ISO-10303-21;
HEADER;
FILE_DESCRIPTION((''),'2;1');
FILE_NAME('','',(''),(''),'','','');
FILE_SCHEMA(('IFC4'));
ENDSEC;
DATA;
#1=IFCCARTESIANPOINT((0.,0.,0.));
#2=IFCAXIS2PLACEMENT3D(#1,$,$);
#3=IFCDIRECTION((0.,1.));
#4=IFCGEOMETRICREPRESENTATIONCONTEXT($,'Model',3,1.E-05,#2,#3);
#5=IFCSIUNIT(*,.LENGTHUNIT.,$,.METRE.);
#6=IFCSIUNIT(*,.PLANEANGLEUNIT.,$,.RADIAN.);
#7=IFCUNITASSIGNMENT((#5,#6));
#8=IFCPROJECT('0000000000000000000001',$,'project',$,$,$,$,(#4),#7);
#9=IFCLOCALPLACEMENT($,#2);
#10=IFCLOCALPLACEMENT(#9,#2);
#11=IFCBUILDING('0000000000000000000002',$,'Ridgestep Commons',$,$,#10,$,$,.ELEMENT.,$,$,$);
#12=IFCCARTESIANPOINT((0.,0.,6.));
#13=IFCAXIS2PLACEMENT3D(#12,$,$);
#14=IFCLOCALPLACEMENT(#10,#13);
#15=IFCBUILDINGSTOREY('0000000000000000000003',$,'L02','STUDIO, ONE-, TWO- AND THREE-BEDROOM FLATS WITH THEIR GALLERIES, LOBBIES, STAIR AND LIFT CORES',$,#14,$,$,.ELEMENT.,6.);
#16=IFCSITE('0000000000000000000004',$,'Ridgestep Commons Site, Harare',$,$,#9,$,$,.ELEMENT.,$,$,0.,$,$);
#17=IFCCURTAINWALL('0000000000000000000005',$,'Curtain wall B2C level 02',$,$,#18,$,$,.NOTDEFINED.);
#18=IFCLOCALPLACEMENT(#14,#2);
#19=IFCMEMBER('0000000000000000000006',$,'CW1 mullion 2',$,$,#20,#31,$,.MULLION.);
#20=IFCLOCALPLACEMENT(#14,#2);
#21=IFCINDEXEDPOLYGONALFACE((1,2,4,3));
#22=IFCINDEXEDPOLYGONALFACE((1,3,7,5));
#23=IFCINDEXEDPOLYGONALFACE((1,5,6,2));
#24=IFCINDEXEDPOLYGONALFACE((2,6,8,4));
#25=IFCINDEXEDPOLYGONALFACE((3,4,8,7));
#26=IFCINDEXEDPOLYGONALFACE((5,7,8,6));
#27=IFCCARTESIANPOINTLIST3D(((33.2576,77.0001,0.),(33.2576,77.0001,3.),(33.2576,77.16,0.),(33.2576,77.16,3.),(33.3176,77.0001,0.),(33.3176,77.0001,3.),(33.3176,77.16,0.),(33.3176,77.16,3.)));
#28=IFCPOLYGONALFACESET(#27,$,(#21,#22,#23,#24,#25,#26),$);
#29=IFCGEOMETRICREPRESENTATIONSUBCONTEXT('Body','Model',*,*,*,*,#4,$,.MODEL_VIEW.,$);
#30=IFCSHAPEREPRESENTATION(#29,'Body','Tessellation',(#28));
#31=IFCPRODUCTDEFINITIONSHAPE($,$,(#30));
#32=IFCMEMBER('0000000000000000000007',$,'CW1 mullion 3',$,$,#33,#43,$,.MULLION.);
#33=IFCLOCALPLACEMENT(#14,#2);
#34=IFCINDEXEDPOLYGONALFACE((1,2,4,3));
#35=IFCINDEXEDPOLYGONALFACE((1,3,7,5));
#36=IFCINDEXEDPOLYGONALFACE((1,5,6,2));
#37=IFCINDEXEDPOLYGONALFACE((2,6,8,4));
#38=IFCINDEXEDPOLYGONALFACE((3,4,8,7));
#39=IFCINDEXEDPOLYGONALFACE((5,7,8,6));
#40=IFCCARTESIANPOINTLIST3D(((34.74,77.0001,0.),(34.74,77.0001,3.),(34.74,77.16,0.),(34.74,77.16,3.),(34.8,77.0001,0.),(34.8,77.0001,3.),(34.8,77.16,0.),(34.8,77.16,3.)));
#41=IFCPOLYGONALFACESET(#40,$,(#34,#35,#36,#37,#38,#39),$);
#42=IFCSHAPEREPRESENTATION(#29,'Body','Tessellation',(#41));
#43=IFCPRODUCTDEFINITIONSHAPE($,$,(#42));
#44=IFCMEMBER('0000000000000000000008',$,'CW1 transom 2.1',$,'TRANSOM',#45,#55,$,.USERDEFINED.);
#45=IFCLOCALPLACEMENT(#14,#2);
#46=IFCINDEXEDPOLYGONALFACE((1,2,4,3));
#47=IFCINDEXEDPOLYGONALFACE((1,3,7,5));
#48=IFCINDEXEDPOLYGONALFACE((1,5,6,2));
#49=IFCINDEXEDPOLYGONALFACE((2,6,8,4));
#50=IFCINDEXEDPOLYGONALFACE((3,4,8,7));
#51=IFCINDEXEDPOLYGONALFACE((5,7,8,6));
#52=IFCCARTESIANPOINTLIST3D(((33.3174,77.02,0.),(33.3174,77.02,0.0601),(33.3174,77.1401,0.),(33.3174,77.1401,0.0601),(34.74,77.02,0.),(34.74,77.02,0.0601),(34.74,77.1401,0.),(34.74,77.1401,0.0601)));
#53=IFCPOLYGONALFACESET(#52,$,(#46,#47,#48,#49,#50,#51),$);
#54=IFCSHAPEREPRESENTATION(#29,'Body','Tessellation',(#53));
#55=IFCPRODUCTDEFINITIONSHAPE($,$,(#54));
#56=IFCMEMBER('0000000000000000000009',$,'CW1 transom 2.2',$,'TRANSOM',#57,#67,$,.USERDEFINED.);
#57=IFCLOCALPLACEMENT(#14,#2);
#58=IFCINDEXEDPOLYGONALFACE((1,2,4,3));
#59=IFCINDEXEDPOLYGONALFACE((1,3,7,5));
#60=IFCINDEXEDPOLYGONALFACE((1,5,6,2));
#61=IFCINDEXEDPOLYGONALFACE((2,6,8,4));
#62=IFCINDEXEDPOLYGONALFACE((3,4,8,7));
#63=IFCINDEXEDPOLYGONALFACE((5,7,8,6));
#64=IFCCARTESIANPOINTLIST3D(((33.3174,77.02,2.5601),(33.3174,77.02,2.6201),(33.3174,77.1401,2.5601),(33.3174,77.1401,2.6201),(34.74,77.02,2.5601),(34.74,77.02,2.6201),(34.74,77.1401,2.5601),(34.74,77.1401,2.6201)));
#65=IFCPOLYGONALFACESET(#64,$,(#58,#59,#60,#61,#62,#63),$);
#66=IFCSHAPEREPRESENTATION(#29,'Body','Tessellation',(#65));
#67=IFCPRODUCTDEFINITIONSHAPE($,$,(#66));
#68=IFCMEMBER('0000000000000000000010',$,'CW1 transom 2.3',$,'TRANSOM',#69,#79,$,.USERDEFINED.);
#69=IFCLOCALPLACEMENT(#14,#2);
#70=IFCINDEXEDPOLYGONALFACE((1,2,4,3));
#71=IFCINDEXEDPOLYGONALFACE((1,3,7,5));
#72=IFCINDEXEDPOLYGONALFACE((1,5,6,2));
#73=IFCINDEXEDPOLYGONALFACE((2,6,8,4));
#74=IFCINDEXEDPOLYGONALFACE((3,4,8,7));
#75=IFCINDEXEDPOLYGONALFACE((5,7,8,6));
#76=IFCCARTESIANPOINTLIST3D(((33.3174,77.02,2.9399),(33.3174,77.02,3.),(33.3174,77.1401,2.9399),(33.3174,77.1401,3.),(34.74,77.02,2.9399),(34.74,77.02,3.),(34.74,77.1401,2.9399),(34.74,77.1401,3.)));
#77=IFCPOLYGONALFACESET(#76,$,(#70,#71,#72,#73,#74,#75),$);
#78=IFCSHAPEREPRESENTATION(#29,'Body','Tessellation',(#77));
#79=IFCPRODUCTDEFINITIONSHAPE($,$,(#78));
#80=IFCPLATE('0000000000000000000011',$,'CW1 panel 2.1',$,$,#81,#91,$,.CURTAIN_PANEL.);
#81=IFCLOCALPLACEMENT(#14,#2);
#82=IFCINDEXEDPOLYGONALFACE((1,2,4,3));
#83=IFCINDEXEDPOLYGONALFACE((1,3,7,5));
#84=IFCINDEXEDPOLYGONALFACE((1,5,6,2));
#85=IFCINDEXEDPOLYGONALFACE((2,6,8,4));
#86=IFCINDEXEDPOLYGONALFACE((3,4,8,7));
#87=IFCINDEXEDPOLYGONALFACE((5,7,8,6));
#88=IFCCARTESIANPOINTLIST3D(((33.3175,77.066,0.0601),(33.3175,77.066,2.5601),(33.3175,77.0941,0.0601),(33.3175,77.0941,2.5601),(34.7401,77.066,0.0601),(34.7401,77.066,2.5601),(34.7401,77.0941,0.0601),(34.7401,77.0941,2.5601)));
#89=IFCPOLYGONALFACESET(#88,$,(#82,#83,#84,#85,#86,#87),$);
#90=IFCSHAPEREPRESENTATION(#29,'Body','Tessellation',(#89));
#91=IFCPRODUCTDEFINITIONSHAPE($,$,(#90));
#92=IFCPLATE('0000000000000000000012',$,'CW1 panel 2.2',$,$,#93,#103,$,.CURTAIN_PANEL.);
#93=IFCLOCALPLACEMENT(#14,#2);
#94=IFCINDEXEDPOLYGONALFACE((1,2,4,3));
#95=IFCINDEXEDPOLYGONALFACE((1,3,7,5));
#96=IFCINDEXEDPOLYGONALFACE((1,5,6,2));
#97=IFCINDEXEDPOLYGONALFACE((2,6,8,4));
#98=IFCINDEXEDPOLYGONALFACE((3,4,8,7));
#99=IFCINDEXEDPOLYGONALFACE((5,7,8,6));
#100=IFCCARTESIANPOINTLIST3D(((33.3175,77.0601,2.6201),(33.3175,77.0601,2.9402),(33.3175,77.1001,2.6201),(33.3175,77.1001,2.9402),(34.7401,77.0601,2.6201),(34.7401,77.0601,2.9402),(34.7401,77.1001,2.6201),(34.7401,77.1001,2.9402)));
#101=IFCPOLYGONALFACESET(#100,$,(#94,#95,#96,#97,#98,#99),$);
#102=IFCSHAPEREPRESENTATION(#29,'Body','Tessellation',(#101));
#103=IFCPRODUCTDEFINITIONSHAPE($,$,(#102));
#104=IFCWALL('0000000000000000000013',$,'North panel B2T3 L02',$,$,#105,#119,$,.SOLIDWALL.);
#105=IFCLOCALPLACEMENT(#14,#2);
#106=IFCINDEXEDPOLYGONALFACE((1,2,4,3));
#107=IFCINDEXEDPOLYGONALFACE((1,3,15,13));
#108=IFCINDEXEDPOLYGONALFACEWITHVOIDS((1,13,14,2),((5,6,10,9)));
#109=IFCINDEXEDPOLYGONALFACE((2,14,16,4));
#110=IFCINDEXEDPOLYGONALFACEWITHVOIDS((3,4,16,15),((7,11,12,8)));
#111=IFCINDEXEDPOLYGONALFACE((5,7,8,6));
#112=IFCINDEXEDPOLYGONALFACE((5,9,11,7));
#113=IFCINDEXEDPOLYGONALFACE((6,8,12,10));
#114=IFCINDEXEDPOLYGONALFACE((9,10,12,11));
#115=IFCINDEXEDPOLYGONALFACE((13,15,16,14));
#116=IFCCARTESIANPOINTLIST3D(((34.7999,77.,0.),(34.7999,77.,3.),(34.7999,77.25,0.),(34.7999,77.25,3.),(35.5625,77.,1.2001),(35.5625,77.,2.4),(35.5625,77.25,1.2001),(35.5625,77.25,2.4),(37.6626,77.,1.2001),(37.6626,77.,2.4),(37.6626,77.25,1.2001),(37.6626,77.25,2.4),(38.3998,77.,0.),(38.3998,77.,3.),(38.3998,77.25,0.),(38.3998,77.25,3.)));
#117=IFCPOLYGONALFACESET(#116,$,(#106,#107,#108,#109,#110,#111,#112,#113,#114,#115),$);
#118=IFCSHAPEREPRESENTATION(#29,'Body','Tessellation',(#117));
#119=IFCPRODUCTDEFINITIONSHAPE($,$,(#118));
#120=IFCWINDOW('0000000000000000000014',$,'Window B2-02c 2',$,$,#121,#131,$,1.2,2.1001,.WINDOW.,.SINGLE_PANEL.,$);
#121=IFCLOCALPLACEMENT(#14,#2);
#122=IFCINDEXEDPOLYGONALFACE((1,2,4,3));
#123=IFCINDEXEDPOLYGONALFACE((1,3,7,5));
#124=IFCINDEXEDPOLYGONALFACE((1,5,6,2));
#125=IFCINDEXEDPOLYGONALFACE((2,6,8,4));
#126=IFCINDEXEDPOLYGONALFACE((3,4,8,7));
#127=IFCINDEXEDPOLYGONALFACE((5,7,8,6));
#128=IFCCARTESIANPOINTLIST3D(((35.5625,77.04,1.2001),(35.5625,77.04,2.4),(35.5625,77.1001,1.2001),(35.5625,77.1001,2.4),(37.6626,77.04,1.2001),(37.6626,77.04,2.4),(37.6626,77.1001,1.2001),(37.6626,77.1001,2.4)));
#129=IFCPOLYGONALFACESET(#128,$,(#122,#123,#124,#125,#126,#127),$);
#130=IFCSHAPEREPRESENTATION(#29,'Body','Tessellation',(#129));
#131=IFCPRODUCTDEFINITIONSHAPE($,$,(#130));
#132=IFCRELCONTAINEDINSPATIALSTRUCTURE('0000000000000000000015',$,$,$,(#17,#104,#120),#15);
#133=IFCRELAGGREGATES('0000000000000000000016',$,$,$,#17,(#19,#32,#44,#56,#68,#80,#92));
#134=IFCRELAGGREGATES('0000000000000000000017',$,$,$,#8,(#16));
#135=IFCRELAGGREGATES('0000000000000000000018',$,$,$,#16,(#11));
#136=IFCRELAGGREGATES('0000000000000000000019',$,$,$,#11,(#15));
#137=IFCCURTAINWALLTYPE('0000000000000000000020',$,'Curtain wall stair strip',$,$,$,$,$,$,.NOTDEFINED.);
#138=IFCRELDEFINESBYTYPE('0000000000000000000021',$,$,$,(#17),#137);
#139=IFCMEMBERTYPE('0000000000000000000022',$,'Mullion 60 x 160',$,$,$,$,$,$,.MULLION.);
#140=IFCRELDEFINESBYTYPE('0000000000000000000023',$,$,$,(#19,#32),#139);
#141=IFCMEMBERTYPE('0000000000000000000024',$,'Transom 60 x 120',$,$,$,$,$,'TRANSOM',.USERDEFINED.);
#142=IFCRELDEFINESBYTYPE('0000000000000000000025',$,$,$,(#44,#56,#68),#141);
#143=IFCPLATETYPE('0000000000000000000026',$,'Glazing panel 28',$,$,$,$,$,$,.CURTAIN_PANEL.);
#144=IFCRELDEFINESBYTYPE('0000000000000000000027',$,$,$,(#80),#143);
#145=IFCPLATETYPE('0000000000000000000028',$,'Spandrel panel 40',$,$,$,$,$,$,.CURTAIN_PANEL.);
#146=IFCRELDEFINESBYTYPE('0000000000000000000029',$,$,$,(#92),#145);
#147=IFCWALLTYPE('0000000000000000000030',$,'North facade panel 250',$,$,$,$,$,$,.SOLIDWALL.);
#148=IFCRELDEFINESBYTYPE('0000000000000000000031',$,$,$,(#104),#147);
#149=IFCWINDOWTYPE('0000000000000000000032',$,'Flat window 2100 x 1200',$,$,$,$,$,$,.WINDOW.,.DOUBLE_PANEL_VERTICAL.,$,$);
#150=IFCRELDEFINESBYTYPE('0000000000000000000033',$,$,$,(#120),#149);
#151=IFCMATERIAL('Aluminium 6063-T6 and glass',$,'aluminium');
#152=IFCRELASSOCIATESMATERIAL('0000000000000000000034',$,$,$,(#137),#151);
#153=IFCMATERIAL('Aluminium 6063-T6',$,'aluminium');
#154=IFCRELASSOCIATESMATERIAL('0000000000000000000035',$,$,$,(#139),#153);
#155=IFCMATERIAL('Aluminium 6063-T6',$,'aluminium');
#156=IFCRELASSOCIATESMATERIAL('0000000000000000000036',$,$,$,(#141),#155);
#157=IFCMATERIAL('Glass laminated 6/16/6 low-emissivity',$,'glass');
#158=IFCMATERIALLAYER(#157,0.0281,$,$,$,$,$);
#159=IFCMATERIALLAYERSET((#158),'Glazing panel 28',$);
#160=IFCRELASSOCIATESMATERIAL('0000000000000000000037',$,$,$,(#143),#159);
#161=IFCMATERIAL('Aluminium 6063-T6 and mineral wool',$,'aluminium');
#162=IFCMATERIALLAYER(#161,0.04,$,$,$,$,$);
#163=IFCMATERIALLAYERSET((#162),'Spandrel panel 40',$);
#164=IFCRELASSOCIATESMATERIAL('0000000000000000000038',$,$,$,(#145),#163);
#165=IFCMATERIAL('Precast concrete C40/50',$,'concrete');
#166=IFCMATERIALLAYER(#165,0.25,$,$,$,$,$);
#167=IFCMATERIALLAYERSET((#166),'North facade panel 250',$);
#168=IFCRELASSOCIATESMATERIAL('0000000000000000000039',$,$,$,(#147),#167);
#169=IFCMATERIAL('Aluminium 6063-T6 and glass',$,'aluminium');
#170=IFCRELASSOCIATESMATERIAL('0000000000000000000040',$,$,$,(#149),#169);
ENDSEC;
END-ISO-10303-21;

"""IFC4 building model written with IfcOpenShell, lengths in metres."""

from ifc_helpers import new_model, si_unit, direction, frame, frame_2d, origin, origin_2d, place, context, subcontext, project, spatial, rectangle, extrude, material, layer, layer_set, material_profile, profile_set, type_object, element, fill, aggregate, save


model = new_model("IFC4")

# Units and contexts
model_context = context("Model", 3, precision=1e-05, world=origin(), true_north=direction((0.0, 1.0)))
body_context = subcontext(model_context, "Body", "Model", "MODEL_VIEW")
ifc_project = project(units=[si_unit("LENGTHUNIT", "METRE"), si_unit("PLANEANGLEUNIT", "RADIAN")], contexts=[model_context])

# Site, building, storey
site_placement = place(None, origin())
site = spatial("IfcSite", under=ifc_project, at=site_placement, Name="Ridgestep Commons Site, Harare", CompositionType="ELEMENT", RefElevation=0.0)
building_placement = place(site_placement, origin())
building = spatial("IfcBuilding", under=site, at=building_placement, Name="Ridgestep Commons", CompositionType="ELEMENT")
storey_placement = place(building_placement, frame((0.0, 0.0, 6.0)))
storey = spatial("IfcBuildingStorey", under=building, at=storey_placement, Name="L02", Description="STUDIO, ONE-, TWO- AND THREE-BEDROOM FLATS WITH THEIR GALLERIES, LOBBIES, STAIR AND LIFT CORES", CompositionType="ELEMENT", Elevation=6.0)

# Curtain wall, members, plates
ifc_material_1 = material(Name="Aluminium 6063-T6 and glass", Category="aluminium")
curtain_wall_type = type_object("IfcCurtainWallType", Name="Curtain wall stair strip", PredefinedType="NOTDEFINED", material=ifc_material_1)
curtain_wall_placement = place(storey_placement, origin())
curtain_wall = element("IfcCurtainWall", 1, at=curtain_wall_placement, inside=storey, type_object=curtain_wall_type, Name="Curtain wall B2C level 02", PredefinedType="NOTDEFINED")
ifc_material_2 = material(Name="Aluminium 6063-T6", Category="aluminium")
ifc_material_profile_1 = material_profile(ifc_material_2, rectangle(XDim=0.1599, YDim=0.0601, at=origin_2d()), Name="Mullion 60 x 160")
ifc_profile_set_1 = profile_set([ifc_material_profile_1], Name="Aluminium 6063-T6")
member_type_1 = type_object("IfcMemberType", Name="Mullion 60 x 160", PredefinedType="MULLION", material=ifc_profile_set_1)
member_1_placement = place(storey_placement, frame((33.2876, 77.0801, 0.0), z_axis=(0.0, 0.0, 1.0), x_axis=(0.0, 1.0, 0.0)))
member_1 = element("IfcMember", 2, at=member_1_placement, type_object=member_type_1, Name="CW1 mullion 2", PredefinedType="MULLION", context=body_context, shape_type="SweptSolid", body=[
    extrude(rectangle(XDim=0.1599, YDim=0.0601, at=origin_2d()), origin(), (0.0, 0.0, 1.0), 3.0),
])
member_2_placement = place(storey_placement, frame((34.77, 77.0801, 0.0), z_axis=(0.0, 0.0, 1.0), x_axis=(0.0, 1.0, 0.0)))
member_2 = element("IfcMember", 3, at=member_2_placement, type_object=member_type_1, Name="CW1 mullion 3", PredefinedType="MULLION", context=body_context, shape_type="SweptSolid", body=[
    extrude(rectangle(XDim=0.1599, YDim=0.0601, at=origin_2d()), origin(), (0.0, 0.0, 1.0), 3.0),
])
ifc_material_3 = material(Name="Aluminium 6063-T6", Category="aluminium")
ifc_material_profile_2 = material_profile(ifc_material_3, rectangle(XDim=0.1201, YDim=0.0601, at=origin_2d()), Name="Transom 60 x 120")
ifc_profile_set_2 = profile_set([ifc_material_profile_2], Name="Aluminium 6063-T6")
member_type_2 = type_object("IfcMemberType", Name="Transom 60 x 120", ElementType="TRANSOM", PredefinedType="USERDEFINED", material=ifc_profile_set_2)
member_3_placement = place(storey_placement, frame((33.3174, 77.0801, 0.03), z_axis=(1.0, 0.0, 0.0), x_axis=(0.0, 1.0, 0.0)))
member_3 = element("IfcMember", 4, at=member_3_placement, type_object=member_type_2, Name="CW1 transom 2.1", ObjectType="TRANSOM", PredefinedType="USERDEFINED", context=body_context, shape_type="SweptSolid", body=[
    extrude(rectangle(XDim=0.1201, YDim=0.0601, at=origin_2d()), origin(), (0.0, 0.0, 1.0), 1.4226),
])
member_4_placement = place(storey_placement, frame((33.3174, 77.0801, 2.5901), z_axis=(1.0, 0.0, 0.0), x_axis=(0.0, 1.0, 0.0)))
member_4 = element("IfcMember", 5, at=member_4_placement, type_object=member_type_2, Name="CW1 transom 2.2", ObjectType="TRANSOM", PredefinedType="USERDEFINED", context=body_context, shape_type="SweptSolid", body=[
    extrude(rectangle(XDim=0.1201, YDim=0.0601, at=origin_2d()), origin(), (0.0, 0.0, 1.0), 1.4226),
])
member_5_placement = place(storey_placement, frame((33.3174, 77.0801, 2.97), z_axis=(1.0, 0.0, 0.0), x_axis=(0.0, 1.0, 0.0)))
member_5 = element("IfcMember", 6, at=member_5_placement, type_object=member_type_2, Name="CW1 transom 2.3", ObjectType="TRANSOM", PredefinedType="USERDEFINED", context=body_context, shape_type="SweptSolid", body=[
    extrude(rectangle(XDim=0.1201, YDim=0.0601, at=origin_2d()), origin(), (0.0, 0.0, 1.0), 1.4226),
])
ifc_material_4 = material(Name="Glass laminated 6/16/6 low-emissivity", Category="glass")
ifc_layer_1 = layer(ifc_material_4, 0.0281)
ifc_layer_set_1 = layer_set([ifc_layer_1], Name="Glazing panel 28")
plate_type_1 = type_object("IfcPlateType", Name="Glazing panel 28", PredefinedType="CURTAIN_PANEL", material=ifc_layer_set_1)
plate_1_placement = place(storey_placement, frame((34.0288, 77.0801, 0.0601), z_axis=(0.0, 0.0, 1.0), x_axis=(1.0, 0.0, 0.0)))
plate_1 = element("IfcPlate", 7, at=plate_1_placement, type_object=plate_type_1, Name="CW1 panel 2.1", PredefinedType="CURTAIN_PANEL", context=body_context, shape_type="SweptSolid", body=[
    extrude(rectangle(XDim=1.4226, YDim=0.0281, at=origin_2d()), origin(), (0.0, 0.0, 1.0), 2.5),
])
ifc_material_5 = material(Name="Aluminium 6063-T6 and mineral wool", Category="aluminium")
ifc_layer_2 = layer(ifc_material_5, 0.04)
ifc_layer_set_2 = layer_set([ifc_layer_2], Name="Spandrel panel 40")
plate_type_2 = type_object("IfcPlateType", Name="Spandrel panel 40", PredefinedType="CURTAIN_PANEL", material=ifc_layer_set_2)
plate_2_placement = place(storey_placement, frame((34.0288, 77.0801, 2.6201), z_axis=(0.0, 0.0, 1.0), x_axis=(1.0, 0.0, 0.0)))
plate_2 = element("IfcPlate", 8, at=plate_2_placement, type_object=plate_type_2, Name="CW1 panel 2.2", PredefinedType="CURTAIN_PANEL", context=body_context, shape_type="SweptSolid", body=[
    extrude(rectangle(XDim=1.4226, YDim=0.04, at=origin_2d()), origin(), (0.0, 0.0, 1.0), 0.3201),
])
aggregate(curtain_wall, [member_1, member_2, member_3, member_4, member_5, plate_1, plate_2])

# Wall, opening, window
ifc_material_6 = material(Name="Precast concrete C40/50", Category="concrete")
ifc_layer_3 = layer(ifc_material_6, 0.25)
ifc_layer_set_3 = layer_set([ifc_layer_3], Name="North facade panel 250")
wall_type_1 = type_object("IfcWallType", Name="North facade panel 250", PredefinedType="SOLIDWALL", material=ifc_layer_set_3)
wall_1_placement = place(storey_placement, frame((34.8, 77.125, 0.0), z_axis=(0.0, 0.0, 1.0), x_axis=(1.0, 0.0, 0.0)))
wall_1 = element("IfcWall", 9, at=wall_1_placement, inside=storey, type_object=wall_type_1, Name="North panel B2T3 L02", PredefinedType="SOLIDWALL", context=body_context, shape_type="SweptSolid", body=[
    extrude(rectangle(XDim=3.5999, YDim=0.25, at=frame_2d((1.7998, 0.0))), origin(), (0.0, 0.0, 1.0), 3.0),
])
opening_1_placement = place(wall_1_placement, frame((0.7625, 0.0, 1.2)))
opening_1 = element("IfcOpeningElement", 10, at=opening_1_placement, cuts=wall_1, PredefinedType="OPENING", context=body_context, shape_type="SweptSolid", body=[
    extrude(rectangle(XDim=2.1001, YDim=1.2, at=frame_2d((1.05, 0.6001))), frame((0.0, 0.135, 0.0), z_axis=(0.0, -1.0, 0.0), x_axis=(1.0, 0.0, 0.0)), (0.0, 0.0, 1.0), 0.27),
])
ifc_material_7 = material(Name="Aluminium 6063-T6 and glass", Category="aluminium")
window_type_1 = type_object("IfcWindowType", Name="Flat window 2100 x 1200", PartitioningType="DOUBLE_PANEL_VERTICAL", PredefinedType="WINDOW", material=ifc_material_7)
window_1_placement = place(opening_1_placement, origin())
window_1 = element("IfcWindow", 11, at=window_1_placement, inside=storey, type_object=window_type_1, Name="Window B2-02c 2", OverallHeight=1.2, OverallWidth=2.1001, PartitioningType="SINGLE_PANEL", PredefinedType="WINDOW", context=body_context, shape_type="SweptSolid", body=[
    extrude(rectangle(XDim=2.1001, YDim=1.2, at=frame_2d((1.05, 0.6001))), frame((0.0, -0.0249, 0.0), z_axis=(0.0, -1.0, 0.0), x_axis=(1.0, 0.0, 0.0)), (0.0, 0.0, 1.0), 0.0601),
])
fill(opening_1, window_1)

save(model, "model.ifc")
